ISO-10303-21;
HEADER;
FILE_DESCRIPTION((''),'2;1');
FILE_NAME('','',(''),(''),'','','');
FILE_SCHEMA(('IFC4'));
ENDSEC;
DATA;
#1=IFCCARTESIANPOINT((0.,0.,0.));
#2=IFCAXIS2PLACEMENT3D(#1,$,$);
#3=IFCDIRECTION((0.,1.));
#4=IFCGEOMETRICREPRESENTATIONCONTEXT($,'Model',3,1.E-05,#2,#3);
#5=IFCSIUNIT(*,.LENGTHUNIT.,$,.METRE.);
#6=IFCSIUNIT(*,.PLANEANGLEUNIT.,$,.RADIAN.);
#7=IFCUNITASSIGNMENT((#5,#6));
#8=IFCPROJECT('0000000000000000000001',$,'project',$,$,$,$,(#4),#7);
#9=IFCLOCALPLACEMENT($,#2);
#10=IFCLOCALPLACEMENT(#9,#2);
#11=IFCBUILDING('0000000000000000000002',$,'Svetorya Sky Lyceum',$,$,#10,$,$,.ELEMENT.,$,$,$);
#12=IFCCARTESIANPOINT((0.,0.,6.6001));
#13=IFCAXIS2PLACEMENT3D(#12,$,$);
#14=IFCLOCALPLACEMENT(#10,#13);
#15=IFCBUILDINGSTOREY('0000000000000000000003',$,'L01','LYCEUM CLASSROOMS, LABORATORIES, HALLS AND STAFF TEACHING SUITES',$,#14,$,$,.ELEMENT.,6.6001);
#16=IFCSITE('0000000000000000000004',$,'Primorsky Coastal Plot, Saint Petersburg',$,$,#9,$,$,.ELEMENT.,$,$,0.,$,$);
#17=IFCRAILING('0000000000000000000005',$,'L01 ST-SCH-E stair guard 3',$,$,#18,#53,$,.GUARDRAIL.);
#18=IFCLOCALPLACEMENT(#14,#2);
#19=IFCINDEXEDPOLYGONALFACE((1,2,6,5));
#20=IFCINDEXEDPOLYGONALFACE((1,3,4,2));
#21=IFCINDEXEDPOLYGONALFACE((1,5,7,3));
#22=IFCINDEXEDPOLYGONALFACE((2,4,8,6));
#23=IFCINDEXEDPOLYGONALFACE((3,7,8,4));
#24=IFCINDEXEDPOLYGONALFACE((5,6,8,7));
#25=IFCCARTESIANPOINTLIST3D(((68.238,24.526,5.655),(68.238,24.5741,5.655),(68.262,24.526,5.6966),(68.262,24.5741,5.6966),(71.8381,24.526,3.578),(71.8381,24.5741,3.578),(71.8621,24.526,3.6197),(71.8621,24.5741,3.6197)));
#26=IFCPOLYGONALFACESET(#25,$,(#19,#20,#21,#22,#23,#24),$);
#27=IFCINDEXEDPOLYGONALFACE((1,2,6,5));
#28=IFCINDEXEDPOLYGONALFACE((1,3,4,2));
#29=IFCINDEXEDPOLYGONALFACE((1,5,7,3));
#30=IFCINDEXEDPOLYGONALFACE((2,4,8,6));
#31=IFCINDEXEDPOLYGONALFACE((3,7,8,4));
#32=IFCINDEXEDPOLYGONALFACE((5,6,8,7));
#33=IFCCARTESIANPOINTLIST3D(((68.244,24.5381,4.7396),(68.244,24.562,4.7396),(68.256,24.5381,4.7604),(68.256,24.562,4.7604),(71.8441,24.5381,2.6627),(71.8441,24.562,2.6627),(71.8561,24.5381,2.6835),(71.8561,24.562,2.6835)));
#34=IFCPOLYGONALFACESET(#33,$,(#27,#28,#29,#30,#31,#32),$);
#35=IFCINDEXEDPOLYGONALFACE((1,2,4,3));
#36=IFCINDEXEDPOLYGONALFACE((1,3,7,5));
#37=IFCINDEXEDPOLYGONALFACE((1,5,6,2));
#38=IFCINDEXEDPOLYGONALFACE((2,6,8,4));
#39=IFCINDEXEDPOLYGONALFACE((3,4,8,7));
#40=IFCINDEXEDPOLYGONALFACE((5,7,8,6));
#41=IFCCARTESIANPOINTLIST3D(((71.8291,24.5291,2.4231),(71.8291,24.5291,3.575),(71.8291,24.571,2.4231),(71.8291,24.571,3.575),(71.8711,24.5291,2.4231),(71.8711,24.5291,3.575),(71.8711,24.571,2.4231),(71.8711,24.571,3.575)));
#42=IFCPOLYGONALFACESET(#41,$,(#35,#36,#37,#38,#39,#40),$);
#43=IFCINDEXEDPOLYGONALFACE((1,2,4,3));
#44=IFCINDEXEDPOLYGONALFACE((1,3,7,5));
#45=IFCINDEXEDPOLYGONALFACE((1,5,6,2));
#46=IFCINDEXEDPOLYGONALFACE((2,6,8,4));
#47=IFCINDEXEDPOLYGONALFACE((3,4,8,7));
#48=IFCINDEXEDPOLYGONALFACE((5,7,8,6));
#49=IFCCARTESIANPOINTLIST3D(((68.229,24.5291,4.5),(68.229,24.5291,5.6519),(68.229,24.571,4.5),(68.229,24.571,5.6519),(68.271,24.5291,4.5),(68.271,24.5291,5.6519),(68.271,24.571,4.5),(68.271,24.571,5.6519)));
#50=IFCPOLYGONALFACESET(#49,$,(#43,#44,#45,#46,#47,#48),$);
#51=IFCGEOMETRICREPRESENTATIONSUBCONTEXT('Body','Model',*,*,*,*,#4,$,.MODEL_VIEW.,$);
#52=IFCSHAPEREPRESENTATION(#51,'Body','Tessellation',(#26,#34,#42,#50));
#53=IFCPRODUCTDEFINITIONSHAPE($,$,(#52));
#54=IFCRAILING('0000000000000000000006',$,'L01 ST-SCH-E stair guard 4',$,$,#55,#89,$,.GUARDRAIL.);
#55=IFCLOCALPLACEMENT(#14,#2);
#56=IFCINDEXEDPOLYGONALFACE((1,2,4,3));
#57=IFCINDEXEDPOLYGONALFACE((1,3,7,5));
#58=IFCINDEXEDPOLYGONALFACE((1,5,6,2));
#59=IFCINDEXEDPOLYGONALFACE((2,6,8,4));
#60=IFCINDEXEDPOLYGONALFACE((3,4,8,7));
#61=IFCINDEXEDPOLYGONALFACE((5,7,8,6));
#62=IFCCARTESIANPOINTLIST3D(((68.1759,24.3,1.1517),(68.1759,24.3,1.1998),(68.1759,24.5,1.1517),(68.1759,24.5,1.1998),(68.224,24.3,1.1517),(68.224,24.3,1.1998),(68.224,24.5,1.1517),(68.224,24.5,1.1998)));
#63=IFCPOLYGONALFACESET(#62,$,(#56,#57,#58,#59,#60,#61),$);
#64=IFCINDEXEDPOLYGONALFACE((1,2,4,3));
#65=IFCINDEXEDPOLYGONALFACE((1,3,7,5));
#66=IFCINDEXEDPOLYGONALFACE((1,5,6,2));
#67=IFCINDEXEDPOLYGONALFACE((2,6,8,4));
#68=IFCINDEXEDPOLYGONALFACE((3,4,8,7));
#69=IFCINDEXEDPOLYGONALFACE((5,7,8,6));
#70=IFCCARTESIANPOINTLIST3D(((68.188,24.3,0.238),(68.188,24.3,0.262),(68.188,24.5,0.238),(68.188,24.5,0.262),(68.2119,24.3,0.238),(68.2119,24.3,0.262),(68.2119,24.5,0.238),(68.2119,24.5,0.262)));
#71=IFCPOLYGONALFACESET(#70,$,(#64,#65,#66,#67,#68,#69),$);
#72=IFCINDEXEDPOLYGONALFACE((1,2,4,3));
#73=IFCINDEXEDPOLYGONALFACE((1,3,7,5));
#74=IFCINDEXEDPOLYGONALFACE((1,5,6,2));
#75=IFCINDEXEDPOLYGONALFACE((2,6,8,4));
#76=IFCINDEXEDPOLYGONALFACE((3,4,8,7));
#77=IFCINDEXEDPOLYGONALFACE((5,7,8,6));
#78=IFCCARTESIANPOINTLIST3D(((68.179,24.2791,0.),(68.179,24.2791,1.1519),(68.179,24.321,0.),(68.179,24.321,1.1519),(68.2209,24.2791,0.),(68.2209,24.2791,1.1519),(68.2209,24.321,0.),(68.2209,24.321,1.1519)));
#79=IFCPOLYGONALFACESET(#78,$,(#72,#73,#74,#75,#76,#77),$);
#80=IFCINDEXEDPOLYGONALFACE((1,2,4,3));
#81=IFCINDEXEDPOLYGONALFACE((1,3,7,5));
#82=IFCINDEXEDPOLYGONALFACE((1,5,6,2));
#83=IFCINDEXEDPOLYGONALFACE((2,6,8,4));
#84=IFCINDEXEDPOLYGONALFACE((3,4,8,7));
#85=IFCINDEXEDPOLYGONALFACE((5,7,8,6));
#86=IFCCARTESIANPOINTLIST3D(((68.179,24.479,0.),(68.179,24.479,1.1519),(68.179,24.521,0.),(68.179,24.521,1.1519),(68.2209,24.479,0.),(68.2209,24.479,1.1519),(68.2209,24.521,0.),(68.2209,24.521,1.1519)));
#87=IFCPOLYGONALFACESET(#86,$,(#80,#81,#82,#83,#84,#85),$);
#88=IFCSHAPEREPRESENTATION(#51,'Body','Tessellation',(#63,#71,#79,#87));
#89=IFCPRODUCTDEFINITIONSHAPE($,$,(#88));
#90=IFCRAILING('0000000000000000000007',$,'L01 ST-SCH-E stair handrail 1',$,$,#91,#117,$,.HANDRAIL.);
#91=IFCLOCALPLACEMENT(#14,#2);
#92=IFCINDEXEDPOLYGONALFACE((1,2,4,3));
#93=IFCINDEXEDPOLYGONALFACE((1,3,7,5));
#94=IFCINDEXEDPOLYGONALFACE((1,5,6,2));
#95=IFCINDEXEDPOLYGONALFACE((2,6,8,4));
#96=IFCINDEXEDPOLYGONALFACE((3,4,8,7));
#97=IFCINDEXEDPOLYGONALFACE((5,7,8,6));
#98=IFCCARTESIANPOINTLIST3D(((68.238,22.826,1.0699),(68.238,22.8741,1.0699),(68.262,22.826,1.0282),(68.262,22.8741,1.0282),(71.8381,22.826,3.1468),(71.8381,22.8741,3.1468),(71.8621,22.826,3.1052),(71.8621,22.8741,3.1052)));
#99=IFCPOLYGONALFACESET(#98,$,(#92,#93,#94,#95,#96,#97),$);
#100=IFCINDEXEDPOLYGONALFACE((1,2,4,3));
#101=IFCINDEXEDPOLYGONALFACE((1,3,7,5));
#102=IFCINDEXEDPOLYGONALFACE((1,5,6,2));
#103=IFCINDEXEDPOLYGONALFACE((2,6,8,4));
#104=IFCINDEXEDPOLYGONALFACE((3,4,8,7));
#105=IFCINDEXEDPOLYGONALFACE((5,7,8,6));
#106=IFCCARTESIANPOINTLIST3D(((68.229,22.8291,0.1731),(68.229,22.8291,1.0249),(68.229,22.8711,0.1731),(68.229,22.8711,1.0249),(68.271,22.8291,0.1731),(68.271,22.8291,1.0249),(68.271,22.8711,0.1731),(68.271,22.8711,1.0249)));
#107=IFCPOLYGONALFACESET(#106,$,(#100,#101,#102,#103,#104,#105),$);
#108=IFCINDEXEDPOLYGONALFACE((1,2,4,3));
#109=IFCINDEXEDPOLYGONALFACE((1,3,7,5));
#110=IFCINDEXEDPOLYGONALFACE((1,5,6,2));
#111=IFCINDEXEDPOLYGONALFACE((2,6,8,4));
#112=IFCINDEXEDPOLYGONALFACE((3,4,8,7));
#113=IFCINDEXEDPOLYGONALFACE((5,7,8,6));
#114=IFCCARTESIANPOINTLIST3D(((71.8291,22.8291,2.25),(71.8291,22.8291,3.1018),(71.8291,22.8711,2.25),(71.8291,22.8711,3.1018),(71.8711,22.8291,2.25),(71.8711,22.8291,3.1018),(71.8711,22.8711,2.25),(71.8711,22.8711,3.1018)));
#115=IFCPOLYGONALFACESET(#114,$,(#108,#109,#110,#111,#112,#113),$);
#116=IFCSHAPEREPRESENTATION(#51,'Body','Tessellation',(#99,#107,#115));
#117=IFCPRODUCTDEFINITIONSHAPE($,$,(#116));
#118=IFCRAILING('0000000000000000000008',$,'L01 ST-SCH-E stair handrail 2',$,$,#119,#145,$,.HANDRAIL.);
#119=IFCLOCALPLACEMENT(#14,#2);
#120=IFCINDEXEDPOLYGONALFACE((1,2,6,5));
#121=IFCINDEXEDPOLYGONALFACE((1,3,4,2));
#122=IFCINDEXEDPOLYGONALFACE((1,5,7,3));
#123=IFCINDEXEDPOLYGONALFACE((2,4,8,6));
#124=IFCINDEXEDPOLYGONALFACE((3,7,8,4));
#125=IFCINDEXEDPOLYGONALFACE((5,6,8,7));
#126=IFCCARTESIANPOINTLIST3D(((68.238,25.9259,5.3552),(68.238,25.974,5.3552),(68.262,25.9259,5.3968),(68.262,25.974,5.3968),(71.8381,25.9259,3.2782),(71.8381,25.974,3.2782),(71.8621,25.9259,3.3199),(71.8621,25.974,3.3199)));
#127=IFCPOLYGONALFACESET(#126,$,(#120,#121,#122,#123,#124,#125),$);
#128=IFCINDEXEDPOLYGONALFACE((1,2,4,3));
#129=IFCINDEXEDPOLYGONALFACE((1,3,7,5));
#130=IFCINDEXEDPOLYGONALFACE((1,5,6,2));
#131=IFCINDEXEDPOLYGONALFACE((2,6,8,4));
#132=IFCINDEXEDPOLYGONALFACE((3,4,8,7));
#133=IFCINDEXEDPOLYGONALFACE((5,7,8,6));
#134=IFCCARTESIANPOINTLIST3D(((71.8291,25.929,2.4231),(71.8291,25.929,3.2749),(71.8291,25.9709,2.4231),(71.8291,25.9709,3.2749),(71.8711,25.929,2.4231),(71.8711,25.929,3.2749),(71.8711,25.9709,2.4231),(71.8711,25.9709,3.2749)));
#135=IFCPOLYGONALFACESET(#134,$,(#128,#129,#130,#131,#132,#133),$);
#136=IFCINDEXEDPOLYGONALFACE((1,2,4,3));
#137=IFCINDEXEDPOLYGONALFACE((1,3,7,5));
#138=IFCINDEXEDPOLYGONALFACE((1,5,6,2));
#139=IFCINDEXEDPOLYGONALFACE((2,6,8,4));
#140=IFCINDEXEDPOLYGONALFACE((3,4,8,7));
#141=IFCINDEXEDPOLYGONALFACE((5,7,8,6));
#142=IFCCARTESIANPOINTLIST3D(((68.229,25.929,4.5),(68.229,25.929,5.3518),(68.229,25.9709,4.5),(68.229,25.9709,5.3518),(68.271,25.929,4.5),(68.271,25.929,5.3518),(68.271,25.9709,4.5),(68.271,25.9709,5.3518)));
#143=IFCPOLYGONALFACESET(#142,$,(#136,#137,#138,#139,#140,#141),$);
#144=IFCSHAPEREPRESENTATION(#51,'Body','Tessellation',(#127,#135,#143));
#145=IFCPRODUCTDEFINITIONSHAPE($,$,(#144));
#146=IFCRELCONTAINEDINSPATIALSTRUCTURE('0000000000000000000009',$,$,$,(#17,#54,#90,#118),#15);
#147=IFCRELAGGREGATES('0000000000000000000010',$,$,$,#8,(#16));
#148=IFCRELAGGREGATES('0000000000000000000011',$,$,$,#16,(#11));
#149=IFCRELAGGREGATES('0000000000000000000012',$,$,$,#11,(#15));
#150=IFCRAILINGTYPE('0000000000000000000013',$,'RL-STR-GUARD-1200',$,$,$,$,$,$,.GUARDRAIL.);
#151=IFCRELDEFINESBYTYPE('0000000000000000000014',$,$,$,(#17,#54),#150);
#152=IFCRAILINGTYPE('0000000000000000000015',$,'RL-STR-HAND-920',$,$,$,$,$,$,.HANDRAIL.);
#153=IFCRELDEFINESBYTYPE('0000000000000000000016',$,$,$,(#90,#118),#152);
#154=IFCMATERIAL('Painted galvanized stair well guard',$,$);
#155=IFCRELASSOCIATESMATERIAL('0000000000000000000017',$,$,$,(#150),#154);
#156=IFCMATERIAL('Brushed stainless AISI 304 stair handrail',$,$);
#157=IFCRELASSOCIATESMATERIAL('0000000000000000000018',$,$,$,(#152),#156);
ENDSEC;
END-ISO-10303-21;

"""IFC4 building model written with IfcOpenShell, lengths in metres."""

from ifc_helpers import new_model, si_unit, direction, frame, origin, origin_2d, place, context, subcontext, project, spatial, rectangle, extrude, material, type_object, element, save


model = new_model("IFC4")

# Units and contexts
model_context = context("Model", 3, precision=1e-05, world=origin(), true_north=direction((0.0, 1.0)))
body_context = subcontext(model_context, "Body", "Model", "MODEL_VIEW")
ifc_project = project(units=[si_unit("LENGTHUNIT", "METRE"), si_unit("PLANEANGLEUNIT", "RADIAN")], contexts=[model_context])

# Site, building, storey
site_placement = place(None, origin())
site = spatial("IfcSite", under=ifc_project, at=site_placement, Name="Primorsky Coastal Plot, Saint Petersburg", CompositionType="ELEMENT", RefElevation=0.0)
building_placement = place(site_placement, origin())
building = spatial("IfcBuilding", under=site, at=building_placement, Name="Svetorya Sky Lyceum", CompositionType="ELEMENT")
storey_placement = place(building_placement, frame((0.0, 0.0, 6.6001)))
storey = spatial("IfcBuildingStorey", under=building, at=storey_placement, Name="L01", Description="LYCEUM CLASSROOMS, LABORATORIES, HALLS AND STAFF TEACHING SUITES", CompositionType="ELEMENT", Elevation=6.6001)

# Railings
ifc_material_1 = material(Name="Painted galvanized stair well guard")
railing_type_1 = type_object("IfcRailingType", Name="RL-STR-GUARD-1200", PredefinedType="GUARDRAIL", material=ifc_material_1)
railing_1_placement = place(storey_placement, frame((71.8501, 24.55, 2.4231)))
element("IfcRailing", 1, at=railing_1_placement, inside=storey, type_object=railing_type_1, Name="L01 ST-SCH-E stair guard 3", PredefinedType="GUARDRAIL", context=body_context, shape_type="SweptSolid", body=[
    extrude(rectangle(XDim=0.0481, YDim=0.0481, at=origin_2d()), frame((0.0, 0.0, 1.1758), z_axis=(-0.866193, 0.0, 0.499709), x_axis=(0.0, -1.0, 0.0)), (0.0, 0.0, 1.0), 4.1562),
    extrude(rectangle(XDim=0.0239, YDim=0.0239, at=origin_2d()), frame((0.0, 0.0, 0.25), z_axis=(-0.866193, 0.0, 0.499709), x_axis=(0.0, -1.0, 0.0)), (0.0, 0.0, 1.0), 4.1562),
    extrude(rectangle(XDim=0.042, YDim=0.042, at=origin_2d()), origin(), (0.0, 0.0, 1.0), 1.1519),
    extrude(rectangle(XDim=0.042, YDim=0.042, at=origin_2d()), frame((-3.6001, 0.0, 2.0769)), (0.0, 0.0, 1.0), 1.1519),
])
railing_2_placement = place(storey_placement, frame((68.2, 24.3, 0.0)))
element("IfcRailing", 2, at=railing_2_placement, inside=storey, type_object=railing_type_1, Name="L01 ST-SCH-E stair guard 4", PredefinedType="GUARDRAIL", context=body_context, shape_type="SweptSolid", body=[
    extrude(rectangle(XDim=0.0481, YDim=0.0481, at=origin_2d()), frame((0.0, 0.0, 1.1758), z_axis=(0.0, 1.0, 0.0), x_axis=(-1.0, 0.0, 0.0)), (0.0, 0.0, 1.0), 0.2),
    extrude(rectangle(XDim=0.0239, YDim=0.0239, at=origin_2d()), frame((0.0, 0.0, 0.25), z_axis=(0.0, 1.0, 0.0), x_axis=(-1.0, 0.0, 0.0)), (0.0, 0.0, 1.0), 0.2),
    extrude(rectangle(XDim=0.042, YDim=0.042, at=origin_2d()), origin(), (0.0, 0.0, 1.0), 1.1519),
    extrude(rectangle(XDim=0.042, YDim=0.042, at=origin_2d()), frame((0.0, 0.2, 0.0)), (0.0, 0.0, 1.0), 1.1519),
])
ifc_material_2 = material(Name="Brushed stainless AISI 304 stair handrail")
railing_type_2 = type_object("IfcRailingType", Name="RL-STR-HAND-920", PredefinedType="HANDRAIL", material=ifc_material_2)
railing_3_placement = place(storey_placement, frame((68.25, 22.8501, 0.1731)))
element("IfcRailing", 3, at=railing_3_placement, inside=storey, type_object=railing_type_2, Name="L01 ST-SCH-E stair handrail 1", PredefinedType="HANDRAIL", context=body_context, shape_type="SweptSolid", body=[
    extrude(rectangle(XDim=0.0481, YDim=0.0481, at=origin_2d()), frame((0.0, 0.0, 0.876), z_axis=(0.866193, 0.0, 0.499709), x_axis=(0.0, 1.0, 0.0)), (0.0, 0.0, 1.0), 4.1562),
    extrude(rectangle(XDim=0.042, YDim=0.042, at=origin_2d()), origin(), (0.0, 0.0, 1.0), 0.8518),
    extrude(rectangle(XDim=0.042, YDim=0.042, at=origin_2d()), frame((3.6001, 0.0, 2.0769)), (0.0, 0.0, 1.0), 0.8518),
])
railing_4_placement = place(storey_placement, frame((71.8501, 25.95, 2.4231)))
element("IfcRailing", 4, at=railing_4_placement, inside=storey, type_object=railing_type_2, Name="L01 ST-SCH-E stair handrail 2", PredefinedType="HANDRAIL", context=body_context, shape_type="SweptSolid", body=[
    extrude(rectangle(XDim=0.0481, YDim=0.0481, at=origin_2d()), frame((0.0, 0.0, 0.876), z_axis=(-0.866193, 0.0, 0.499709), x_axis=(0.0, -1.0, 0.0)), (0.0, 0.0, 1.0), 4.1562),
    extrude(rectangle(XDim=0.042, YDim=0.042, at=origin_2d()), origin(), (0.0, 0.0, 1.0), 0.8518),
    extrude(rectangle(XDim=0.042, YDim=0.042, at=origin_2d()), frame((-3.6001, 0.0, 2.0769)), (0.0, 0.0, 1.0), 0.8518),
])

save(model, "model.ifc")
